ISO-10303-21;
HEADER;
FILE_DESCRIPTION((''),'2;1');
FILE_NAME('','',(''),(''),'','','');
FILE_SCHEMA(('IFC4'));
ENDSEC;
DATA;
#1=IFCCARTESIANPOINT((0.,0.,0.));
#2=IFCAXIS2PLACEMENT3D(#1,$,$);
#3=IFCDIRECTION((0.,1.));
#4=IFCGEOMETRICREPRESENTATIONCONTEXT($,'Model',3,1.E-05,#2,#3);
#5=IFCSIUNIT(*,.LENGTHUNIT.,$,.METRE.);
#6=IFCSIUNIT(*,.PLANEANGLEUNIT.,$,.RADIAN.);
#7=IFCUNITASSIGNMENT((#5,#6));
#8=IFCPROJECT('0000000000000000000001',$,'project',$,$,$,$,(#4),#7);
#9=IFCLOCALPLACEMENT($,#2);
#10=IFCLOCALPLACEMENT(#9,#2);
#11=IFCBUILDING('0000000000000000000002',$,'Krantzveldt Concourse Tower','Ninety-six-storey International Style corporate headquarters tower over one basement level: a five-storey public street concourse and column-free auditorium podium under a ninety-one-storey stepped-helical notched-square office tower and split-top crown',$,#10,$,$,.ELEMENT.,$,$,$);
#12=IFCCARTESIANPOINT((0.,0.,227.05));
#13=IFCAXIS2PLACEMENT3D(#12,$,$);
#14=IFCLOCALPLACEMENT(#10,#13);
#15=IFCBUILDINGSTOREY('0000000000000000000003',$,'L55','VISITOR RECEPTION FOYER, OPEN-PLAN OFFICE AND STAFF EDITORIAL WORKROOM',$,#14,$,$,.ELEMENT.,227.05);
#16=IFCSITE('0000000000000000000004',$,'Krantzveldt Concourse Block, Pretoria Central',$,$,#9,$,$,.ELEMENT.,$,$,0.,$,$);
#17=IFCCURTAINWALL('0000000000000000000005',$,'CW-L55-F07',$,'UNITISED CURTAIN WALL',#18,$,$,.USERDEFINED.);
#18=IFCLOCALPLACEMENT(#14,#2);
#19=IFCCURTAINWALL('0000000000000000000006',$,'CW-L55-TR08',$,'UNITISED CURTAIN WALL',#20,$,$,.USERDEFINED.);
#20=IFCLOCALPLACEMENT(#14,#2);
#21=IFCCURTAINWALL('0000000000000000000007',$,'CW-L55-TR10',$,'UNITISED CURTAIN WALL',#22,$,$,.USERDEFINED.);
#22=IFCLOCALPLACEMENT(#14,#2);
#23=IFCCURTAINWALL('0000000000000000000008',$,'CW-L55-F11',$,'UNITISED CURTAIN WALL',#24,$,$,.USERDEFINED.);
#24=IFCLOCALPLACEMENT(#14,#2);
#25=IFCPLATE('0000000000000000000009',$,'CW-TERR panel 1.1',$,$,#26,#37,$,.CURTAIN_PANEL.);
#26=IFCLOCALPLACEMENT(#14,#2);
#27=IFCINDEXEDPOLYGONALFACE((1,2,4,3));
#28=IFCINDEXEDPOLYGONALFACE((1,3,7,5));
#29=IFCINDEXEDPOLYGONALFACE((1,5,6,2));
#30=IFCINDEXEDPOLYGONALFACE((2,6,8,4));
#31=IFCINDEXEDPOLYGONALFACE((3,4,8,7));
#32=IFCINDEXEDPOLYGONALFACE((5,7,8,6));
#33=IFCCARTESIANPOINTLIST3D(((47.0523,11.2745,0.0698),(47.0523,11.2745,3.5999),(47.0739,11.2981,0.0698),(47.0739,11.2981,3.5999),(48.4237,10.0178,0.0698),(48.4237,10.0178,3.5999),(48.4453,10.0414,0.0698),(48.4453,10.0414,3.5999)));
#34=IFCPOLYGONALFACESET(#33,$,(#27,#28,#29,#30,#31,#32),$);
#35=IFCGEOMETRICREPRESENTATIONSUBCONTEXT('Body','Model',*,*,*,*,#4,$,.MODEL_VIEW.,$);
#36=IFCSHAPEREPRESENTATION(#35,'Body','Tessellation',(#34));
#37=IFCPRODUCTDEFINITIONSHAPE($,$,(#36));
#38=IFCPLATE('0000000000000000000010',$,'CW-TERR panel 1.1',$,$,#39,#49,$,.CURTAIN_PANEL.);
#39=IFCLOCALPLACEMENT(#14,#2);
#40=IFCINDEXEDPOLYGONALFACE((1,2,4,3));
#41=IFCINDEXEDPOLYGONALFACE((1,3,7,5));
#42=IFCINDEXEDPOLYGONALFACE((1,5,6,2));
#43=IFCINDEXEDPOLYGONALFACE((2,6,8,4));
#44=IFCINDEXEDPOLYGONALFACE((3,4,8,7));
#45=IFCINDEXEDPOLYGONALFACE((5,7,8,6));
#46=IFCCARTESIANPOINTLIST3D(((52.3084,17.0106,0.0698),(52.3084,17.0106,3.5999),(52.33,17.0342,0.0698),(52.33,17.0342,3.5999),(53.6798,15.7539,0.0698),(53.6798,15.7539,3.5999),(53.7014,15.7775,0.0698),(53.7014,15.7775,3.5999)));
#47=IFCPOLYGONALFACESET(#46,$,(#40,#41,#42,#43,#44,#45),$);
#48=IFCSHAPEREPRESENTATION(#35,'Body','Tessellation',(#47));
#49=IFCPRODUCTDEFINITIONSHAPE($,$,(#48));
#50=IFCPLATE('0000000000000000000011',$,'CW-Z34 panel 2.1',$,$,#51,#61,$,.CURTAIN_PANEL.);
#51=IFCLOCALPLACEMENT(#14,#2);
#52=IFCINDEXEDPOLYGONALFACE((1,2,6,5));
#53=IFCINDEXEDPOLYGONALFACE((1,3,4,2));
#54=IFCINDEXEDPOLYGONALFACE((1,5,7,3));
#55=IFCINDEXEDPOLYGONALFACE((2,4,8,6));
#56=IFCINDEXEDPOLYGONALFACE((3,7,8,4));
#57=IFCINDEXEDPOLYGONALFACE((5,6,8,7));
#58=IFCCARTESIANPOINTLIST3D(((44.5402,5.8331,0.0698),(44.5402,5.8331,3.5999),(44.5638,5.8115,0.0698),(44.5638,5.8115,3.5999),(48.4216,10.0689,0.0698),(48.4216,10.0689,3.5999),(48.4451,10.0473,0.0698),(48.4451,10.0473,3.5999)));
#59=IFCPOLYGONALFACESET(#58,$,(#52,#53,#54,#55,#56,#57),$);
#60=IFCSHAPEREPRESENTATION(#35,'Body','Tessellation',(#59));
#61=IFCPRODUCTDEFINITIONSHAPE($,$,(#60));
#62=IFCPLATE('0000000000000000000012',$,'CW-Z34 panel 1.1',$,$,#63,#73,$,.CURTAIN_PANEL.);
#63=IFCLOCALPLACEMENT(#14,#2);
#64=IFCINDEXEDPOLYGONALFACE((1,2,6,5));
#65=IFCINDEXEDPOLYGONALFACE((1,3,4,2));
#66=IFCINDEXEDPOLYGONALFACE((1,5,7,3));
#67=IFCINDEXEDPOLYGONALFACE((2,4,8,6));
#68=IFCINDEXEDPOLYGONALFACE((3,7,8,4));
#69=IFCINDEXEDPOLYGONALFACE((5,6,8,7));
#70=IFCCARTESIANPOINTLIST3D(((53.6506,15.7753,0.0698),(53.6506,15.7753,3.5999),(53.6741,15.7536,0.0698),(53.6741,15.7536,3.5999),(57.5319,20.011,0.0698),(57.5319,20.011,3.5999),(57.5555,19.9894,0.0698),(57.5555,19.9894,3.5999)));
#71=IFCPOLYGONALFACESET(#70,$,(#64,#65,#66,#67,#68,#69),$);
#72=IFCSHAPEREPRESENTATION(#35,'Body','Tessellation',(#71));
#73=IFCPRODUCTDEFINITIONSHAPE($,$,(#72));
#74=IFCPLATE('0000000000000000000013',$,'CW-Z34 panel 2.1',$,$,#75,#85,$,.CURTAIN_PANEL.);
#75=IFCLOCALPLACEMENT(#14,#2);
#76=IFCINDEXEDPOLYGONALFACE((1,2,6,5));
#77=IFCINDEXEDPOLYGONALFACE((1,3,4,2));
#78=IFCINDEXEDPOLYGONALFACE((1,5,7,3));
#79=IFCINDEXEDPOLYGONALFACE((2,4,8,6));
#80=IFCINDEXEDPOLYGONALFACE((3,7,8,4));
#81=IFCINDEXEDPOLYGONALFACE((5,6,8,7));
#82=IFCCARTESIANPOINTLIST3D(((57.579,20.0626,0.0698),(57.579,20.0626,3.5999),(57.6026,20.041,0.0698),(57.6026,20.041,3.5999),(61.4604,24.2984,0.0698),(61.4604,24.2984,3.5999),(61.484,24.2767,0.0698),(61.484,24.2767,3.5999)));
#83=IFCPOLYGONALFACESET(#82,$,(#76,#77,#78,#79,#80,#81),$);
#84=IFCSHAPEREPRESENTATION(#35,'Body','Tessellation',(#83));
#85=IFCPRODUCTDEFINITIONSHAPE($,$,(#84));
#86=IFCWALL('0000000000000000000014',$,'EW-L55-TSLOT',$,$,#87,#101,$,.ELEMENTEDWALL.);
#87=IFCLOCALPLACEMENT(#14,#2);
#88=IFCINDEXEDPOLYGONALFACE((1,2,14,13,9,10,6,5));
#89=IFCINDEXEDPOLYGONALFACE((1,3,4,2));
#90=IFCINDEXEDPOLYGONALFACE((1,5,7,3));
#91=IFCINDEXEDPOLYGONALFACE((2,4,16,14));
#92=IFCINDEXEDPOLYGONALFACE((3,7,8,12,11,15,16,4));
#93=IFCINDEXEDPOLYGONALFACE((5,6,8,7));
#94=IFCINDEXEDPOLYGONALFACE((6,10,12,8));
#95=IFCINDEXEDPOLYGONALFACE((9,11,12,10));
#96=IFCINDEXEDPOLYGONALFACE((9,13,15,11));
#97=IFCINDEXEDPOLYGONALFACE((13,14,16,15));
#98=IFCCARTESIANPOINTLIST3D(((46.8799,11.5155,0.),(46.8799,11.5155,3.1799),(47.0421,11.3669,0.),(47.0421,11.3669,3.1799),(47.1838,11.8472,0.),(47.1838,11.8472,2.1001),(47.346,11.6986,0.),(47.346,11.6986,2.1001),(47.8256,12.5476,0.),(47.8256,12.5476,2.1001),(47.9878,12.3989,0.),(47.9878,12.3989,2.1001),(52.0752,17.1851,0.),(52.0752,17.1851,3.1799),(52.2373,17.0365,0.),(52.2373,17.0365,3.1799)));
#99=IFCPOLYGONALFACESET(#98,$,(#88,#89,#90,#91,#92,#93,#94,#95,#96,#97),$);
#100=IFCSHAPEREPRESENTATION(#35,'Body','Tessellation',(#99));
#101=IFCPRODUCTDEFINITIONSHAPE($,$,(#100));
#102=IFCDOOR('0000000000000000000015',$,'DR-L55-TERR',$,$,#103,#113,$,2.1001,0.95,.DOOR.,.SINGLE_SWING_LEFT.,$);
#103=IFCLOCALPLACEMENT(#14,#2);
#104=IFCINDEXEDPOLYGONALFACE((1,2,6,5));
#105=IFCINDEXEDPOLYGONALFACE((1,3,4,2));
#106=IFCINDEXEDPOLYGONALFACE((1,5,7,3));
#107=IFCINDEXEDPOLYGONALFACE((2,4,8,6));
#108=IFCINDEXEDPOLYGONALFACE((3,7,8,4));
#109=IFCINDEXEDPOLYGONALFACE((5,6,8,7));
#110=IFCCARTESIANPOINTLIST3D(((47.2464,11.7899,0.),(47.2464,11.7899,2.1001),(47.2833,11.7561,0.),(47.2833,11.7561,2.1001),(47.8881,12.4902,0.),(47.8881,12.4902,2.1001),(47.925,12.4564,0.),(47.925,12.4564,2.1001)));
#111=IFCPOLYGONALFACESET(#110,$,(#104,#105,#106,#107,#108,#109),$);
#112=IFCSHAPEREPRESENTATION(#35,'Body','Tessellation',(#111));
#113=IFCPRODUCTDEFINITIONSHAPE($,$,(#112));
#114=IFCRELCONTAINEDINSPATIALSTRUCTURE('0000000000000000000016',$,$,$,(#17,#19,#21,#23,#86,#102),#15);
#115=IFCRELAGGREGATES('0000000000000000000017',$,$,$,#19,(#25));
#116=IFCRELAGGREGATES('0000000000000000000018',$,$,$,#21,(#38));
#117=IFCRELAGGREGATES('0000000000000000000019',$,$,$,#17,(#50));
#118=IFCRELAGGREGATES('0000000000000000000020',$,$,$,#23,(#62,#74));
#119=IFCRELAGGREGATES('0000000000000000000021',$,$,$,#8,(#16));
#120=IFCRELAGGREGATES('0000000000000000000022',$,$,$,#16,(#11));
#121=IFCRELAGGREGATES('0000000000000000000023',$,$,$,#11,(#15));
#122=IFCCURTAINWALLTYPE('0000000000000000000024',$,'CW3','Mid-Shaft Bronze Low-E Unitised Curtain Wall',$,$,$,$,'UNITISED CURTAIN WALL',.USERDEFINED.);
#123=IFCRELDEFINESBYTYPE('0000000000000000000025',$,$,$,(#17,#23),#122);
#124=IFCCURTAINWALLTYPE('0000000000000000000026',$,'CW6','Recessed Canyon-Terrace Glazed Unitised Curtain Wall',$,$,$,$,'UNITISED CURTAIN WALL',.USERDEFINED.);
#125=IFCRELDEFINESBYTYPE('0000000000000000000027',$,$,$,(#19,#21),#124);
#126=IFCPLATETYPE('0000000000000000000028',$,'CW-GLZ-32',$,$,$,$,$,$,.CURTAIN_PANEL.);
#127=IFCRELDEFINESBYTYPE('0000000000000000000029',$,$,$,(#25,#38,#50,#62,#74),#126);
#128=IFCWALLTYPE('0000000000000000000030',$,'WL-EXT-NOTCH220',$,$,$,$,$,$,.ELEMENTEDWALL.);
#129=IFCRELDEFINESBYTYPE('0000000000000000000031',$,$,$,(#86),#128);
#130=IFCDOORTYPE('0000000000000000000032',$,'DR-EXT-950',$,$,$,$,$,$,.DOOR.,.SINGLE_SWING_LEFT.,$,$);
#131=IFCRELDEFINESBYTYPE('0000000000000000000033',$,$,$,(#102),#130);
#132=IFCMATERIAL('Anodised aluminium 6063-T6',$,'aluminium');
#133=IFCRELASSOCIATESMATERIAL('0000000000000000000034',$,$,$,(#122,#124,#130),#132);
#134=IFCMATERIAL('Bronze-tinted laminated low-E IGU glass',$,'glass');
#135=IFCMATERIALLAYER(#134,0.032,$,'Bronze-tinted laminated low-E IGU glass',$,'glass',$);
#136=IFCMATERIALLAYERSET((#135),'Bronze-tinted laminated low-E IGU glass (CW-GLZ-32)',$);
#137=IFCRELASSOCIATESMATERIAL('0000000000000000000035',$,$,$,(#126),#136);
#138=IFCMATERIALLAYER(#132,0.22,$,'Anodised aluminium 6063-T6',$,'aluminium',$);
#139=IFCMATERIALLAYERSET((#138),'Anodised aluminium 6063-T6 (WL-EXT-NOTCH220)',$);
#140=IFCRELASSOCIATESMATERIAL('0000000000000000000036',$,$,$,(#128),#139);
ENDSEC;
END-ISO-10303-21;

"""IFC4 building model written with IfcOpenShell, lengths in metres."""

from ifc_helpers import new_model, si_unit, direction, frame, frame_2d, origin, origin_2d, place, context, subcontext, project, spatial, rectangle, extrude, source, transform, mapped, material, layer, layer_set, type_object, type_shapes, element, fill, aggregate, save


model = new_model("IFC4")

# Units and contexts
model_context = context("Model", 3, precision=1e-05, world=origin(), true_north=direction((0.0, 1.0)))
body_context = subcontext(model_context, "Body", "Model", "MODEL_VIEW")
ifc_project = project(units=[si_unit("LENGTHUNIT", "METRE"), si_unit("PLANEANGLEUNIT", "RADIAN")], contexts=[model_context])

# Site, building, storey
site_placement = place(None, origin())
site = spatial("IfcSite", under=ifc_project, at=site_placement, Name="Krantzveldt Concourse Block, Pretoria Central", CompositionType="ELEMENT", RefElevation=0.0)
building_placement = place(site_placement, origin())
building = spatial("IfcBuilding", under=site, at=building_placement, Name="Krantzveldt Concourse Tower", Description="Ninety-six-storey International Style corporate headquarters tower over one basement level: a five-storey public street concourse and column-free auditorium podium under a ninety-one-storey stepped-helical notched-square office tower and split-top crown", CompositionType="ELEMENT")
storey_placement = place(building_placement, frame((0.0, 0.0, 227.05)))
storey = spatial("IfcBuildingStorey", under=building, at=storey_placement, Name="L55", Description="VISITOR RECEPTION FOYER, OPEN-PLAN OFFICE AND STAFF EDITORIAL WORKROOM", CompositionType="ELEMENT", Elevation=227.05)

# Curtain wall
ifc_material_1 = material(Name="Anodised aluminium 6063-T6", Category="aluminium")
curtain_wall_type_1 = type_object("IfcCurtainWallType", Name="CW3", Description="Mid-Shaft Bronze Low-E Unitised Curtain Wall", ElementType="UNITISED CURTAIN WALL", PredefinedType="USERDEFINED", material=ifc_material_1)
curtain_wall_1_placement = place(storey_placement, origin())
curtain_wall_1 = element("IfcCurtainWall", 1, at=curtain_wall_1_placement, inside=storey, type_object=curtain_wall_type_1, Name="CW-L55-F07", ObjectType="UNITISED CURTAIN WALL", PredefinedType="USERDEFINED")

# Curtain walls
curtain_wall_type_2 = type_object("IfcCurtainWallType", Name="CW6", Description="Recessed Canyon-Terrace Glazed Unitised Curtain Wall", ElementType="UNITISED CURTAIN WALL", PredefinedType="USERDEFINED", material=ifc_material_1)
curtain_wall_2_placement = place(storey_placement, origin())
curtain_wall_2 = element("IfcCurtainWall", 2, at=curtain_wall_2_placement, inside=storey, type_object=curtain_wall_type_2, Name="CW-L55-TR08", ObjectType="UNITISED CURTAIN WALL", PredefinedType="USERDEFINED")
curtain_wall_3_placement = place(storey_placement, origin())
curtain_wall_3 = element("IfcCurtainWall", 3, at=curtain_wall_3_placement, inside=storey, type_object=curtain_wall_type_2, Name="CW-L55-TR10", ObjectType="UNITISED CURTAIN WALL", PredefinedType="USERDEFINED")
curtain_wall_4_placement = place(storey_placement, origin())
curtain_wall_4 = element("IfcCurtainWall", 4, at=curtain_wall_4_placement, inside=storey, type_object=curtain_wall_type_1, Name="CW-L55-F11", ObjectType="UNITISED CURTAIN WALL", PredefinedType="USERDEFINED")

# Plates
ifc_material_2 = material(Name="Bronze-tinted laminated low-E IGU glass", Category="glass")
ifc_layer_1 = layer(ifc_material_2, 0.032, Name="Bronze-tinted laminated low-E IGU glass", Category="glass")
ifc_layer_set_1 = layer_set([ifc_layer_1], Name="Bronze-tinted laminated low-E IGU glass (CW-GLZ-32)")
plate_type = type_object("IfcPlateType", Name="CW-GLZ-32", PredefinedType="CURTAIN_PANEL", material=ifc_layer_set_1)
shared_shape_1 = source(origin(), body_context, "Body", "SweptSolid", [
    extrude(rectangle(XDim=1.8601, YDim=0.032, at=origin_2d()), origin(), (0.0, 0.0, 1.0), 3.53),
])
plate_1_placement = place(storey_placement, frame((47.7488, 10.658, 0.0698), z_axis=(0.0, 0.0, 1.0), x_axis=(-0.737276, 0.675591, 0.0)))
plate_1 = element("IfcPlate", 5, at=plate_1_placement, type_object=plate_type, Name="CW-TERR panel 1.1", PredefinedType="CURTAIN_PANEL", context=body_context, shape_type="MappedRepresentation", body=[
    mapped(shared_shape_1, transform((0.0, 0.0, 0.0), x_axis=(1.0, 0.0, 0.0), y_axis=(0.0, 1.0, 0.0), z_axis=(0.0, 0.0, 1.0), scale=1.0)),
])
aggregate(curtain_wall_2, [plate_1])
plate_2_placement = place(storey_placement, frame((53.0049, 16.394, 0.0698), z_axis=(0.0, 0.0, 1.0), x_axis=(0.737276, -0.675591, 0.0)))
plate_2 = element("IfcPlate", 6, at=plate_2_placement, type_object=plate_type, Name="CW-TERR panel 1.1", PredefinedType="CURTAIN_PANEL", context=body_context, shape_type="MappedRepresentation", body=[
    mapped(shared_shape_1, transform((0.0, 0.0, 0.0), x_axis=(1.0, 0.0, 0.0), y_axis=(0.0, 1.0, 0.0), z_axis=(0.0, 0.0, 1.0), scale=1.0)),
])
aggregate(curtain_wall_3, [plate_2])
shared_shape_2 = source(origin(), body_context, "Body", "SweptSolid", [
    extrude(rectangle(XDim=5.7451, YDim=0.032, at=origin_2d()), origin(), (0.0, 0.0, 1.0), 3.53),
])
type_shapes(plate_type, [shared_shape_1, shared_shape_2])
plate_3_placement = place(storey_placement, frame((46.4927, 7.9402, 0.0698), z_axis=(0.0, 0.0, 1.0), x_axis=(0.67559, 0.737278, 0.0)))
plate_3 = element("IfcPlate", 7, at=plate_3_placement, type_object=plate_type, Name="CW-Z34 panel 2.1", PredefinedType="CURTAIN_PANEL", context=body_context, shape_type="MappedRepresentation", body=[
    mapped(shared_shape_2, transform((0.0, 0.0, 0.0), x_axis=(1.0, 0.0, 0.0), y_axis=(0.0, 1.0, 0.0), z_axis=(0.0, 0.0, 1.0), scale=1.0)),
])
aggregate(curtain_wall_1, [plate_3])
plate_4_placement = place(storey_placement, frame((55.603, 17.8823, 0.0698), z_axis=(0.0, 0.0, 1.0), x_axis=(0.67559, 0.737278, 0.0)))
plate_4 = element("IfcPlate", 8, at=plate_4_placement, type_object=plate_type, Name="CW-Z34 panel 1.1", PredefinedType="CURTAIN_PANEL", context=body_context, shape_type="MappedRepresentation", body=[
    mapped(shared_shape_2, transform((0.0, 0.0, 0.0), x_axis=(1.0, 0.0, 0.0), y_axis=(0.0, 1.0, 0.0), z_axis=(0.0, 0.0, 1.0), scale=1.0)),
])
plate_5_placement = place(storey_placement, frame((59.5315, 22.1697, 0.0698), z_axis=(0.0, 0.0, 1.0), x_axis=(0.67559, 0.737278, 0.0)))
plate_5 = element("IfcPlate", 9, at=plate_5_placement, type_object=plate_type, Name="CW-Z34 panel 2.1", PredefinedType="CURTAIN_PANEL", context=body_context, shape_type="MappedRepresentation", body=[
    mapped(shared_shape_2, transform((0.0, 0.0, 0.0), x_axis=(1.0, 0.0, 0.0), y_axis=(0.0, 1.0, 0.0), z_axis=(0.0, 0.0, 1.0), scale=1.0)),
])
aggregate(curtain_wall_4, [plate_4, plate_5])

# Wall, opening, door
ifc_layer_2 = layer(ifc_material_1, 0.22, Name="Anodised aluminium 6063-T6", Category="aluminium")
ifc_layer_set_2 = layer_set([ifc_layer_2], Name="Anodised aluminium 6063-T6 (WL-EXT-NOTCH220)")
wall_type = type_object("IfcWallType", Name="WL-EXT-NOTCH220", PredefinedType="ELEMENTEDWALL", material=ifc_layer_set_2)
wall_placement = place(storey_placement, frame((52.1562, 17.1108, 0.0), z_axis=(0.0, 0.0, 1.0), x_axis=(-0.675591, -0.737277, 0.0)))
wall = element("IfcWall", 10, at=wall_placement, inside=storey, type_object=wall_type, Name="EW-L55-TSLOT", PredefinedType="ELEMENTEDWALL", context=body_context, shape_type="SweptSolid", body=[
    extrude(rectangle(XDim=7.6899, YDim=0.22, at=frame_2d((3.845, 0.0))), origin(), (0.0, 0.0, 1.0), 3.1799),
])
opening_placement = place(wall_placement, frame((6.29, 0.0, 0.0)))
opening = element("IfcOpeningElement", 11, at=opening_placement, cuts=wall, PredefinedType="OPENING", context=body_context, shape_type="SweptSolid", body=[
    extrude(rectangle(XDim=0.95, YDim=2.1001, at=frame_2d((0.4751, 1.05))), frame((0.0, 0.1201, 0.0), z_axis=(0.0, -1.0, 0.0), x_axis=(1.0, 0.0, 0.0)), (0.0, 0.0, 1.0), 0.24),
])
door_type = type_object("IfcDoorType", Name="DR-EXT-950", OperationType="SINGLE_SWING_LEFT", PredefinedType="DOOR", material=ifc_material_1)
door_placement = place(opening_placement, origin())
door = element("IfcDoor", 12, at=door_placement, inside=storey, type_object=door_type, Name="DR-L55-TERR", OperationType="SINGLE_SWING_LEFT", OverallHeight=2.1001, OverallWidth=0.95, PredefinedType="DOOR", context=body_context, shape_type="SweptSolid", body=[
    extrude(rectangle(XDim=0.95, YDim=2.1001, at=frame_2d((0.4751, 1.05))), frame((0.0, 0.0249, 0.0), z_axis=(0.0, -1.0, 0.0), x_axis=(1.0, 0.0, 0.0)), (0.0, 0.0, 1.0), 0.05),
])
fill(opening, door)

save(model, "model.ifc")
